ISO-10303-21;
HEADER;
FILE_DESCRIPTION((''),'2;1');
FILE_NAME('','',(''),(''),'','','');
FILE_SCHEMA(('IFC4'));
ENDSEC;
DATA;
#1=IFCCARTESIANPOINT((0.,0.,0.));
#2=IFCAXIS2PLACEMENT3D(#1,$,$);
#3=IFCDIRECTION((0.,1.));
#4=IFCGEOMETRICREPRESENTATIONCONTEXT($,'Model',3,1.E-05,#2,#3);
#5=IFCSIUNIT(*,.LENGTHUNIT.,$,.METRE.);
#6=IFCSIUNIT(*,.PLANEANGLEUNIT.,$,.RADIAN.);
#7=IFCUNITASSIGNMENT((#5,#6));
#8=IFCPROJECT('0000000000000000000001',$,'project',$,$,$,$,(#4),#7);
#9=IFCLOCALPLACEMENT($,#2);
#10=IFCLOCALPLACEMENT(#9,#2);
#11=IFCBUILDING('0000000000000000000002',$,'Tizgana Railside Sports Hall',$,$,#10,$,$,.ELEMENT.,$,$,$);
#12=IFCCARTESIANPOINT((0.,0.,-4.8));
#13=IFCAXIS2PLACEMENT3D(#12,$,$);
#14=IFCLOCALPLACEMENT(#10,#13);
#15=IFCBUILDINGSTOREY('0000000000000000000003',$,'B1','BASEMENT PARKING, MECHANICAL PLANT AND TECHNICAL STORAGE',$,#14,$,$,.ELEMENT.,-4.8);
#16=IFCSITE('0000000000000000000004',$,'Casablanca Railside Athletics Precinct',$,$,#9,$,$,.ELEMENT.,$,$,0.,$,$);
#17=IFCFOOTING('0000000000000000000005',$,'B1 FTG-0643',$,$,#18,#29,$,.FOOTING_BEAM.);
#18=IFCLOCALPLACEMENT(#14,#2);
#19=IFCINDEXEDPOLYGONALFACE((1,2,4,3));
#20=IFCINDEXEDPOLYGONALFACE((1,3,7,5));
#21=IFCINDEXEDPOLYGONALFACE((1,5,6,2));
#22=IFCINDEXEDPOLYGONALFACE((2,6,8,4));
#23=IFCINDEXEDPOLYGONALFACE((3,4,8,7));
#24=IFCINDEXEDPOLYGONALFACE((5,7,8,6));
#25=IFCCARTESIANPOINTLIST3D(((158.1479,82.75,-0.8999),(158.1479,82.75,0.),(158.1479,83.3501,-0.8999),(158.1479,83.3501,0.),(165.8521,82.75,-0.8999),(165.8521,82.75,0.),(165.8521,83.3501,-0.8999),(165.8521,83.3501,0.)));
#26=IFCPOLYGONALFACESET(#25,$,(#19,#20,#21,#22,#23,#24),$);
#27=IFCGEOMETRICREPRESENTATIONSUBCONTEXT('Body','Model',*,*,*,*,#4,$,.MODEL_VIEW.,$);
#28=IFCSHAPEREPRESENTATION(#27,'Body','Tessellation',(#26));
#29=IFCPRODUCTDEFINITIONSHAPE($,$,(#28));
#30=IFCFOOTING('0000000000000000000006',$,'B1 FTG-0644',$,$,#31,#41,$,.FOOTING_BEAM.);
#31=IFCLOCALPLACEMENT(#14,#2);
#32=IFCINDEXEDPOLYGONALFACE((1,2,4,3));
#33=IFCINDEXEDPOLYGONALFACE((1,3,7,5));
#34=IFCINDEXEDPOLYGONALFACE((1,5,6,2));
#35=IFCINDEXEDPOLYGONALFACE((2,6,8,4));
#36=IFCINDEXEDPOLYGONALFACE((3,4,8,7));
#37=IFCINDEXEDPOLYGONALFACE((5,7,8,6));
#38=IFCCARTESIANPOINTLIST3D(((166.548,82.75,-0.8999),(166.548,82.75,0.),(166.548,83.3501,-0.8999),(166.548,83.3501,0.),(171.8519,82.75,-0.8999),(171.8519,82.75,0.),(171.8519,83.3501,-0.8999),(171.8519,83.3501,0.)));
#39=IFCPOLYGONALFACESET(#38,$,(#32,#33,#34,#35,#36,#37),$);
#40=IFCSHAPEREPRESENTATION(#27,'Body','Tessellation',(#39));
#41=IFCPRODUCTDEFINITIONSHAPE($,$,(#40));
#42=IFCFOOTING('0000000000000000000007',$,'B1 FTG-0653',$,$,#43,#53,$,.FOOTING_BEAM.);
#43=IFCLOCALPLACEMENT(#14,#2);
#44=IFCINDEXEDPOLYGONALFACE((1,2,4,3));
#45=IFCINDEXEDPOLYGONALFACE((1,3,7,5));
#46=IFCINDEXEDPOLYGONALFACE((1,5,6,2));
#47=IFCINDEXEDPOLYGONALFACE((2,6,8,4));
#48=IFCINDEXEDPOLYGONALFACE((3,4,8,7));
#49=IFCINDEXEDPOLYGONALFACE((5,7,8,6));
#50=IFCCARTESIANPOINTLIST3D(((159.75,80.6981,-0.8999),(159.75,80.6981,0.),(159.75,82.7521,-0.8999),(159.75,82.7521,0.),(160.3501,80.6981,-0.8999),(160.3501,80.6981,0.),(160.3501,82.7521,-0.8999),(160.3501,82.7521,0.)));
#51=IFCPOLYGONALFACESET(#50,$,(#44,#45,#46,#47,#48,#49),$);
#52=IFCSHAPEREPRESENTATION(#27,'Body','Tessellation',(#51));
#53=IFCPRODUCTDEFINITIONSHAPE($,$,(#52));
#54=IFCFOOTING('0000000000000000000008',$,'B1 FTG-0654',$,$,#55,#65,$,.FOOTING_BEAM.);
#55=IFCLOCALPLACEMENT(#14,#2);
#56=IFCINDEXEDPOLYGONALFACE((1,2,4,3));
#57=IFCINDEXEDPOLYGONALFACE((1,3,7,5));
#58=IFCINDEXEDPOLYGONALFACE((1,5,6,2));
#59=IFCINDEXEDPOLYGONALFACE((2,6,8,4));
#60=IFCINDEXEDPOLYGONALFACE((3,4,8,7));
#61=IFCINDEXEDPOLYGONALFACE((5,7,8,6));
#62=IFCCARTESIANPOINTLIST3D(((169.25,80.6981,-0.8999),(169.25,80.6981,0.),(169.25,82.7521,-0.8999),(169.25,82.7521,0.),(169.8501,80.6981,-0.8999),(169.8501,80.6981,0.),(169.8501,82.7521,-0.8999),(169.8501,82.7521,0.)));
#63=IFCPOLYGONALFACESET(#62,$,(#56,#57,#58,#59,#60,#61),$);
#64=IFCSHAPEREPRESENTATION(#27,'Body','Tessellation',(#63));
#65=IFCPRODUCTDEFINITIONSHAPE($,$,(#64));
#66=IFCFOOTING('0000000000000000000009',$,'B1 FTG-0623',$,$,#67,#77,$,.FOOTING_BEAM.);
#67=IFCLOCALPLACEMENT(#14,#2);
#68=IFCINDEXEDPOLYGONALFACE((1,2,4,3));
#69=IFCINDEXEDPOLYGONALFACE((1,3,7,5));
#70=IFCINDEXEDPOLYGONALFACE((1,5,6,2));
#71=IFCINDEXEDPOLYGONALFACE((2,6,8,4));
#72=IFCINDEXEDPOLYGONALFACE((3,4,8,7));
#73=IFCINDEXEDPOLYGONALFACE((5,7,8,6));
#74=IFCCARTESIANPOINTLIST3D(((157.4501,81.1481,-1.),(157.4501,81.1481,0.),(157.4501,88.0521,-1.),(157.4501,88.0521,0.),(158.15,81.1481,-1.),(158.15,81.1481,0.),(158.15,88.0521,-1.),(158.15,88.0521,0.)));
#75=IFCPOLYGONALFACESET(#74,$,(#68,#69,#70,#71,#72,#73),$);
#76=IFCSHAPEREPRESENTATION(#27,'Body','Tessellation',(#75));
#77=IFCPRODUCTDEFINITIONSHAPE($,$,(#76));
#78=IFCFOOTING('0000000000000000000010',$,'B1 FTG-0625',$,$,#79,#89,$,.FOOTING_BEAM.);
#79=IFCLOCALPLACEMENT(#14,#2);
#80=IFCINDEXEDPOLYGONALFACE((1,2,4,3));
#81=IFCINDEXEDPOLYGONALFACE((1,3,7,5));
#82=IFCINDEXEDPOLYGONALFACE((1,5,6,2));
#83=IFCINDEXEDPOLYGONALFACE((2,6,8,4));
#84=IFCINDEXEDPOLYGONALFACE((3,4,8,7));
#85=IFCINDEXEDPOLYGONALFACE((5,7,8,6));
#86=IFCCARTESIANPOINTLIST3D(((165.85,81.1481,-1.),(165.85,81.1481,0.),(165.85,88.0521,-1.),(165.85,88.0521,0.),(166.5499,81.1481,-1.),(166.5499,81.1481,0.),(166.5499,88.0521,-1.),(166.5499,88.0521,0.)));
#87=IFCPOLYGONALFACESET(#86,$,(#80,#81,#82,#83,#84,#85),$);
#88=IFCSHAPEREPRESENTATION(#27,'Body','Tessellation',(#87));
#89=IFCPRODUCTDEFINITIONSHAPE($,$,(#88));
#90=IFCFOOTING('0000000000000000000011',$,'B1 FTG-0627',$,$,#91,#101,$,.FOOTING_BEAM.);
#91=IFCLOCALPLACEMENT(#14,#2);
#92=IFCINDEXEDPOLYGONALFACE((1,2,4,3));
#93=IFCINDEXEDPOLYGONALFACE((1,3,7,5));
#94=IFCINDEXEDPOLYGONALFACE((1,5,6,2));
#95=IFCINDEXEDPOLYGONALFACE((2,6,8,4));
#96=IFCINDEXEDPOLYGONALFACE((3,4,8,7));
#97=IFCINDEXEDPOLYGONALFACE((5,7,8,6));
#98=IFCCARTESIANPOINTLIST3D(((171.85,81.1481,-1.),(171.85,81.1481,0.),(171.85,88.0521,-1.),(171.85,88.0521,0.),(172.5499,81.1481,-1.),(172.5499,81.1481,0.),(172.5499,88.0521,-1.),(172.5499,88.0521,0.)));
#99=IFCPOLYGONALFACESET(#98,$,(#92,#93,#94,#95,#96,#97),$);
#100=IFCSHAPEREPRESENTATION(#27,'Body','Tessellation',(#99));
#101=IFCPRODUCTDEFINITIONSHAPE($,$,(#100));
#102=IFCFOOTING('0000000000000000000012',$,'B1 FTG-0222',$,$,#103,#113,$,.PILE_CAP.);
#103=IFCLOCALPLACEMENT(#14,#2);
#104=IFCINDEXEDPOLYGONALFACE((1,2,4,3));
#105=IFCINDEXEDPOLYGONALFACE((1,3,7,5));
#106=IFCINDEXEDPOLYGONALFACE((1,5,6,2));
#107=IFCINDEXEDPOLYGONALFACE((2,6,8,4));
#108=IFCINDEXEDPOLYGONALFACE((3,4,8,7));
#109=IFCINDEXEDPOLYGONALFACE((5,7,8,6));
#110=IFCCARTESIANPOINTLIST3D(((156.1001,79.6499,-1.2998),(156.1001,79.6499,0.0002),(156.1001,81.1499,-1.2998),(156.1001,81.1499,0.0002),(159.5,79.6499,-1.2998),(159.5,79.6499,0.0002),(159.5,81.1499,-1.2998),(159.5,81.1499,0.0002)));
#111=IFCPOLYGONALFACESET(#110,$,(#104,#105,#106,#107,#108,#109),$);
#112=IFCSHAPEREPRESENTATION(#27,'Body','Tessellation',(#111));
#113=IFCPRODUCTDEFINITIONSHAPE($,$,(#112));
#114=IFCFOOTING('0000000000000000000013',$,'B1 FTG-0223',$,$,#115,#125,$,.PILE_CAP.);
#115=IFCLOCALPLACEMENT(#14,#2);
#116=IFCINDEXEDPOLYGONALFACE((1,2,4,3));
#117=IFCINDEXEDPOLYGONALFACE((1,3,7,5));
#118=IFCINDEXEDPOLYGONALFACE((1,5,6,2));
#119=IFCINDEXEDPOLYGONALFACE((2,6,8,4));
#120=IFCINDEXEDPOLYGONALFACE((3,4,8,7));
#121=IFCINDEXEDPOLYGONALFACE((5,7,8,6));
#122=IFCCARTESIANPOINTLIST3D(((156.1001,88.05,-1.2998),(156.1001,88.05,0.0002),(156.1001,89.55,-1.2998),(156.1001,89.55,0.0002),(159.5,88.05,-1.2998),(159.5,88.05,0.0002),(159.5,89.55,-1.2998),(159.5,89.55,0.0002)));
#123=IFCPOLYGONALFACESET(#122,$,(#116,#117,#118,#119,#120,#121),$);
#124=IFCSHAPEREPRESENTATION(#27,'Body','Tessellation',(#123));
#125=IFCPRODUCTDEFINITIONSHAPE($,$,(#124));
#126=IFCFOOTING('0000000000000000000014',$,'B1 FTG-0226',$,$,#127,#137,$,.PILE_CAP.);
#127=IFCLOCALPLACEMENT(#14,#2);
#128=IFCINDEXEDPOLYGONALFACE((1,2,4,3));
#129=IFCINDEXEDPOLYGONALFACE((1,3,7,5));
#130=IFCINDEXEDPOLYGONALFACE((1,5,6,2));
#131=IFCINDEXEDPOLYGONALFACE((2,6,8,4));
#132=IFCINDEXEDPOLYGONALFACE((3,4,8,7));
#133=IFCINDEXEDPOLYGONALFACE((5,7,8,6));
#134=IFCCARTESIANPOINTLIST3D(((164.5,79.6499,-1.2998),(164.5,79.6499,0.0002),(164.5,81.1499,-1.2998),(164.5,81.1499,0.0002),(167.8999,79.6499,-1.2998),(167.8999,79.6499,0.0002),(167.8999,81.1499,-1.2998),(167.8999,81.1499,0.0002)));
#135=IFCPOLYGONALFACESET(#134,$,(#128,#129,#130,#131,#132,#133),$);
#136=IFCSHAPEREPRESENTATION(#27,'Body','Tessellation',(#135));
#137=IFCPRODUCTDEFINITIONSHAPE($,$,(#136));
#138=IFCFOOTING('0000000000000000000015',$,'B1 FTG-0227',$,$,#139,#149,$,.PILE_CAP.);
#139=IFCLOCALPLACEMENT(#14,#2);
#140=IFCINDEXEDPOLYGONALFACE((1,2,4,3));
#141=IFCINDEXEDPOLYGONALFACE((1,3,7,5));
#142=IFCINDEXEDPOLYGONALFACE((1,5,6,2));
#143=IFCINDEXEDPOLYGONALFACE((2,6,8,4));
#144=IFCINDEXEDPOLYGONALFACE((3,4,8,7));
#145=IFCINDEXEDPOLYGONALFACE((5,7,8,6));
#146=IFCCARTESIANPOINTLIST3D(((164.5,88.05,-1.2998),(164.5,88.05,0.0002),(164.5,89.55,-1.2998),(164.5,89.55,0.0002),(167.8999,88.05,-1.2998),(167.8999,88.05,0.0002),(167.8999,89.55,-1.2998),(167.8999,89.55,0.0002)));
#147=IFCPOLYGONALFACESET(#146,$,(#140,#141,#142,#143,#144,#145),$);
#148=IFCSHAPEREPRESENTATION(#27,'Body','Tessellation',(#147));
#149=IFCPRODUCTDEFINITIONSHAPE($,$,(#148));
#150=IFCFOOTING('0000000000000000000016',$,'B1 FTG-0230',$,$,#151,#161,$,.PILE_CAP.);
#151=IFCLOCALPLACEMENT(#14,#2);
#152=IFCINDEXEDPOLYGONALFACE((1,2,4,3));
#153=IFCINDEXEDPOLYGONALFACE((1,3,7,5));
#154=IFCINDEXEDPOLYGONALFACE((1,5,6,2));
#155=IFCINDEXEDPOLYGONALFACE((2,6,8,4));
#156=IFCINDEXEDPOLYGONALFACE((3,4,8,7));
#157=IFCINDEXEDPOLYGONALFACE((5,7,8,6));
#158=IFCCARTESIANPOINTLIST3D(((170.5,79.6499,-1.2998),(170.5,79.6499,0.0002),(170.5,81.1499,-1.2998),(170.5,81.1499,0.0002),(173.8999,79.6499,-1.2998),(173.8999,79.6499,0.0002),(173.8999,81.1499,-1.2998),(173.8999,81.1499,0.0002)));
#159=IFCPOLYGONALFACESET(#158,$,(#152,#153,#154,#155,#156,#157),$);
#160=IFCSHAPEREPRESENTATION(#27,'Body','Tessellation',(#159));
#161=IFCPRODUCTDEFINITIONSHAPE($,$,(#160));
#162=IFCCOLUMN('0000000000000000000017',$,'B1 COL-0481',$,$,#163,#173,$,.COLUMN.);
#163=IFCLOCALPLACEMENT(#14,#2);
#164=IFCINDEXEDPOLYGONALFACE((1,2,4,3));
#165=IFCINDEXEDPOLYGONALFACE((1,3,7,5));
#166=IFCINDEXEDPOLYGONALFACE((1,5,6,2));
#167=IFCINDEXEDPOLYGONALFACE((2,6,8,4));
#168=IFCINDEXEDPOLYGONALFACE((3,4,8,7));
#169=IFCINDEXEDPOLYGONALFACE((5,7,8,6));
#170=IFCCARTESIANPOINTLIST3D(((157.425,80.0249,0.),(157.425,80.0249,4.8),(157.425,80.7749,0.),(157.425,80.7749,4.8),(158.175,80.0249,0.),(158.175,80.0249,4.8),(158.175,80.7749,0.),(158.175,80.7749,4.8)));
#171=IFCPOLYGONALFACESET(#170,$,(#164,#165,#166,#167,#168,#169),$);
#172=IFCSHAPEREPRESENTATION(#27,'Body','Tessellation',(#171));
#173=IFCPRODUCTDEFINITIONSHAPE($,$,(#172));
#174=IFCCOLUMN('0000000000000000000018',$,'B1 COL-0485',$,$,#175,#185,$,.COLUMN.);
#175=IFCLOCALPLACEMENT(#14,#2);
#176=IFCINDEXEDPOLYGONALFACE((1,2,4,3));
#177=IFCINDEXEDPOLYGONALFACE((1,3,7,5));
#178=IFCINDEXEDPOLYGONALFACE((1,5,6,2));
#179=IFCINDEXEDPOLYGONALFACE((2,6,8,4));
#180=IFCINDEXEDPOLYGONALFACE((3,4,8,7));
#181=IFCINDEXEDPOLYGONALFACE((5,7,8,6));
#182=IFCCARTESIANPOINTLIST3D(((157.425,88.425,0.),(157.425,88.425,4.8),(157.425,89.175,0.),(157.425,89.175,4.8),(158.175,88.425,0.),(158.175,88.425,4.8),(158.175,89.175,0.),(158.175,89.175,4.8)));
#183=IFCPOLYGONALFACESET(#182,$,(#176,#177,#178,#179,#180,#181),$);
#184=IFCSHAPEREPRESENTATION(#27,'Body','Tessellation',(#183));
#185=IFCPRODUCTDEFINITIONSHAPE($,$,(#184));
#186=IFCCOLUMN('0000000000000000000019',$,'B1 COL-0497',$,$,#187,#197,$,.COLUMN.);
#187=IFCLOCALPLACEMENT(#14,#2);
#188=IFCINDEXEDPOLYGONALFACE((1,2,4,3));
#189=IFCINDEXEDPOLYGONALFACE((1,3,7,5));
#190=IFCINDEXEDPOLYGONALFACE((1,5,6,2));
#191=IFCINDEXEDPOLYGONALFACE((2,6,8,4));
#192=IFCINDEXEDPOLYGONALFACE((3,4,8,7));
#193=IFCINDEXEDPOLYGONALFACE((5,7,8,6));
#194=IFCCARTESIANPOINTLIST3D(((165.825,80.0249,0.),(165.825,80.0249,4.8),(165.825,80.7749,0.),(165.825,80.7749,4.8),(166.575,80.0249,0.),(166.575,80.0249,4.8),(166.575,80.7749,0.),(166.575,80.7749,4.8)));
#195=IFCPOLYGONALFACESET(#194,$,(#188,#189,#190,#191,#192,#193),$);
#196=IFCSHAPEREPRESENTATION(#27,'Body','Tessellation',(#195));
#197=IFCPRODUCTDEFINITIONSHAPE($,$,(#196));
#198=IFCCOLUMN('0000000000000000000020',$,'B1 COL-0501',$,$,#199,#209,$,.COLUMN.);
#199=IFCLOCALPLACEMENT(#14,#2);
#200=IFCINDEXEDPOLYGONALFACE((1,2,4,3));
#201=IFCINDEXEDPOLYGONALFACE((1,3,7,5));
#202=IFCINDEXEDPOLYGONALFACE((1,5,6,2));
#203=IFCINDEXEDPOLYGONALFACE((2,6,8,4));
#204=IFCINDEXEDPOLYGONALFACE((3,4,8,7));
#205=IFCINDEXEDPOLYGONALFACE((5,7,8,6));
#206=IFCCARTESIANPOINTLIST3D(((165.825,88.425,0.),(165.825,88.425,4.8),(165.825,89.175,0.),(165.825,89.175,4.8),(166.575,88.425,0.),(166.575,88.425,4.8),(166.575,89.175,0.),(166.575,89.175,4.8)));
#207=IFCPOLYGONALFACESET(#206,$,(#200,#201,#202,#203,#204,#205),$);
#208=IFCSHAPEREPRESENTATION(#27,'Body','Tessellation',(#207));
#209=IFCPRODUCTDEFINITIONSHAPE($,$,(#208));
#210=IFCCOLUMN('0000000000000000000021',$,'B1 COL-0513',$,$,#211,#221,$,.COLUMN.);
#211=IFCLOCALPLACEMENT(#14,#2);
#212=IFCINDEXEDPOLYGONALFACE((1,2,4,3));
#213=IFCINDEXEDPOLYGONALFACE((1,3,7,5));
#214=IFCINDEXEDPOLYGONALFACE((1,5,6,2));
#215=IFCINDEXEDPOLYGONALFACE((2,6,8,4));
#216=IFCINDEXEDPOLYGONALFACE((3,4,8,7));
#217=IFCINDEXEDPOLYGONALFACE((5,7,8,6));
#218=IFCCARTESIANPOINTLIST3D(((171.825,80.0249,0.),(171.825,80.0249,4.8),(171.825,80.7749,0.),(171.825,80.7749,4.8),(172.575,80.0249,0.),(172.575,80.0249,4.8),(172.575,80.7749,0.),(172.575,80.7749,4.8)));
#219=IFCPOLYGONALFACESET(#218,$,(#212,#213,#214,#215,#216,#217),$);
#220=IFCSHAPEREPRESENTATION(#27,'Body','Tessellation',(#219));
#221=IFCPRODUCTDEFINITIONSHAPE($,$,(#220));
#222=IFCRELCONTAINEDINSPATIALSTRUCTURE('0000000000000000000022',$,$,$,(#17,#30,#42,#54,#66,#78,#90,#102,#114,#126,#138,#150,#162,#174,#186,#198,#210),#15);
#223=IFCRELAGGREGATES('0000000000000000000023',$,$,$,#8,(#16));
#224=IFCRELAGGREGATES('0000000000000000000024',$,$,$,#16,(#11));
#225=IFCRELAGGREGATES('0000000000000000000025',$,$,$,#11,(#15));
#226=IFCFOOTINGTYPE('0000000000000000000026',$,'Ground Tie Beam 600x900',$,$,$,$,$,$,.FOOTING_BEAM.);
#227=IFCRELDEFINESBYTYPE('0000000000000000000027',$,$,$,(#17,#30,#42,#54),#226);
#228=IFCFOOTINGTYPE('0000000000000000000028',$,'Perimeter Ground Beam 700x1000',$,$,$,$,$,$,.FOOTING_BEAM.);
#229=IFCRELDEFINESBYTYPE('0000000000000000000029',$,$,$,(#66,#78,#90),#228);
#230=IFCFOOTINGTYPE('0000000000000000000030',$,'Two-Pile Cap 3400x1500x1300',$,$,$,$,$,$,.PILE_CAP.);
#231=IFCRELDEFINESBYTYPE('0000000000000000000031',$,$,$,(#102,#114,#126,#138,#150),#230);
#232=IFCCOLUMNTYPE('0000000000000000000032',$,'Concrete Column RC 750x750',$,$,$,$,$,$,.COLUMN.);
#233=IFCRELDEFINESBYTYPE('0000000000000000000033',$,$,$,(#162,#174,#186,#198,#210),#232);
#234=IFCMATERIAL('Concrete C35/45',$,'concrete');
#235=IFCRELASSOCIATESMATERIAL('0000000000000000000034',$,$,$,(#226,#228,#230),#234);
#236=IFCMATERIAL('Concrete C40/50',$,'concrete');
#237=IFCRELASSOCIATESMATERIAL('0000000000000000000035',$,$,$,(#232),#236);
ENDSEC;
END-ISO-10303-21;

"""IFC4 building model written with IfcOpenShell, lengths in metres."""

from ifc_helpers import new_model, si_unit, direction, frame, origin, origin_2d, place, context, subcontext, project, spatial, rectangle, extrude, material, material_profile, profile_set, type_object, element, save


model = new_model("IFC4")

# Units and contexts
model_context = context("Model", 3, precision=1e-05, world=origin(), true_north=direction((0.0, 1.0)))
body_context = subcontext(model_context, "Body", "Model", "MODEL_VIEW")
ifc_project = project(units=[si_unit("LENGTHUNIT", "METRE"), si_unit("PLANEANGLEUNIT", "RADIAN")], contexts=[model_context])

# Site, building, storey
site_placement = place(None, origin())
site = spatial("IfcSite", under=ifc_project, at=site_placement, Name="Casablanca Railside Athletics Precinct", CompositionType="ELEMENT", RefElevation=0.0)
building_placement = place(site_placement, origin())
building = spatial("IfcBuilding", under=site, at=building_placement, Name="Tizgana Railside Sports Hall", CompositionType="ELEMENT")
storey_placement = place(building_placement, frame((0.0, 0.0, -4.8)))
storey = spatial("IfcBuildingStorey", under=building, at=storey_placement, Name="B1", Description="BASEMENT PARKING, MECHANICAL PLANT AND TECHNICAL STORAGE", CompositionType="ELEMENT", Elevation=-4.8)

# Shared definitions
ifc_material_1 = material(Name="Concrete C35/45", Category="concrete")

# Footings
footing_type_1 = type_object("IfcFootingType", Name="Ground Tie Beam 600x900", PredefinedType="FOOTING_BEAM", material=ifc_material_1)
footing_1_placement = place(storey_placement, frame((162.0, 83.05, -0.8999), z_axis=(0.0, 0.0, 1.0), x_axis=(1.0, 0.0, 0.0)))
element("IfcFooting", 1, at=footing_1_placement, inside=storey, type_object=footing_type_1, Name="B1 FTG-0643", PredefinedType="FOOTING_BEAM", context=body_context, shape_type="SweptSolid", body=[
    extrude(rectangle(XDim=7.7041, YDim=0.6001, at=origin_2d()), origin(), (0.0, 0.0, 1.0), 0.8999),
])
footing_2_placement = place(storey_placement, frame((169.2, 83.05, -0.8999), z_axis=(0.0, 0.0, 1.0), x_axis=(1.0, 0.0, 0.0)))
element("IfcFooting", 2, at=footing_2_placement, inside=storey, type_object=footing_type_1, Name="B1 FTG-0644", PredefinedType="FOOTING_BEAM", context=body_context, shape_type="SweptSolid", body=[
    extrude(rectangle(XDim=5.304, YDim=0.6001, at=origin_2d()), origin(), (0.0, 0.0, 1.0), 0.8999),
])
for number, where, z_axis, x_axis, name in (
    (3, (160.05, 81.7251, -0.8999), (0.0, 0.0, 1.0), (0.0, 1.0, 0.0), "B1 FTG-0653"),
    (4, (169.55, 81.7251, -0.8999), (0.0, 0.0, 1.0), (0.0, 1.0, 0.0), "B1 FTG-0654"),
):
    element("IfcFooting", number, at=place(storey_placement, frame(where, z_axis=z_axis, x_axis=x_axis)), inside=storey, type_object=footing_type_1, Name=name, PredefinedType="FOOTING_BEAM", context=body_context, shape_type="SweptSolid", body=[
        extrude(rectangle(XDim=2.054, YDim=0.6001, at=origin_2d()), origin(), (0.0, 0.0, 1.0), 0.8999),
    ])
footing_type_2 = type_object("IfcFootingType", Name="Perimeter Ground Beam 700x1000", PredefinedType="FOOTING_BEAM", material=ifc_material_1)
for number, where, z_axis, x_axis, name in (
    (5, (157.8, 84.6001, -1.0), (0.0, 0.0, 1.0), (0.0, 1.0, 0.0), "B1 FTG-0623"),
    (6, (166.2, 84.6001, -1.0), (0.0, 0.0, 1.0), (0.0, 1.0, 0.0), "B1 FTG-0625"),
    (7, (172.2, 84.6001, -1.0), (0.0, 0.0, 1.0), (0.0, 1.0, 0.0), "B1 FTG-0627"),
):
    element("IfcFooting", number, at=place(storey_placement, frame(where, z_axis=z_axis, x_axis=x_axis)), inside=storey, type_object=footing_type_2, Name=name, PredefinedType="FOOTING_BEAM", context=body_context, shape_type="SweptSolid", body=[
        extrude(rectangle(XDim=6.9041, YDim=0.7, at=origin_2d()), origin(), (0.0, 0.0, 1.0), 1.0),
    ])
footing_type_3 = type_object("IfcFootingType", Name="Two-Pile Cap 3400x1500x1300", PredefinedType="PILE_CAP", material=ifc_material_1)
for number, where, z_axis, x_axis, name in (
    (8, (157.8, 80.3999, -1.2998), (0.0, 0.0, 1.0), (1.0, 0.0, 0.0), "B1 FTG-0222"),
    (9, (157.8, 88.8, -1.2998), (0.0, 0.0, 1.0), (1.0, 0.0, 0.0), "B1 FTG-0223"),
    (10, (166.2, 80.3999, -1.2998), (0.0, 0.0, 1.0), (1.0, 0.0, 0.0), "B1 FTG-0226"),
    (11, (166.2, 88.8, -1.2998), (0.0, 0.0, 1.0), (1.0, 0.0, 0.0), "B1 FTG-0227"),
    (12, (172.2, 80.3999, -1.2998), (0.0, 0.0, 1.0), (1.0, 0.0, 0.0), "B1 FTG-0230"),
):
    element("IfcFooting", number, at=place(storey_placement, frame(where, z_axis=z_axis, x_axis=x_axis)), inside=storey, type_object=footing_type_3, Name=name, PredefinedType="PILE_CAP", context=body_context, shape_type="SweptSolid", body=[
        extrude(rectangle(XDim=3.3999, YDim=1.5, at=origin_2d()), origin(), (0.0, 0.0, 1.0), 1.3),
    ])

# Columns
ifc_material_2 = material(Name="Concrete C40/50", Category="concrete")
ifc_material_profile_1 = material_profile(ifc_material_2, rectangle(XDim=0.75, YDim=0.75, at=origin_2d()), Name="RC 750x750")
ifc_profile_set_1 = profile_set([ifc_material_profile_1], Name="Concrete C40/50")
column_type = type_object("IfcColumnType", Name="Concrete Column RC 750x750", PredefinedType="COLUMN", material=ifc_profile_set_1)
for number, where, z_axis, x_axis, name in (
    (13, (157.8, 80.3999, 0.0), (0.0, 0.0, 1.0), (1.0, 0.0, 0.0), "B1 COL-0481"),
    (14, (157.8, 88.8, 0.0), (0.0, 0.0, 1.0), (1.0, 0.0, 0.0), "B1 COL-0485"),
    (15, (166.2, 80.3999, 0.0), (0.0, 0.0, 1.0), (1.0, 0.0, 0.0), "B1 COL-0497"),
    (16, (166.2, 88.8, 0.0), (0.0, 0.0, 1.0), (1.0, 0.0, 0.0), "B1 COL-0501"),
    (17, (172.2, 80.3999, 0.0), (0.0, 0.0, 1.0), (1.0, 0.0, 0.0), "B1 COL-0513"),
):
    element("IfcColumn", number, at=place(storey_placement, frame(where, z_axis=z_axis, x_axis=x_axis)), inside=storey, type_object=column_type, Name=name, PredefinedType="COLUMN", context=body_context, shape_type="SweptSolid", body=[
        extrude(rectangle(XDim=0.75, YDim=0.75, at=origin_2d()), origin(), (0.0, 0.0, 1.0), 4.8),
    ])

save(model, "model.ifc")
